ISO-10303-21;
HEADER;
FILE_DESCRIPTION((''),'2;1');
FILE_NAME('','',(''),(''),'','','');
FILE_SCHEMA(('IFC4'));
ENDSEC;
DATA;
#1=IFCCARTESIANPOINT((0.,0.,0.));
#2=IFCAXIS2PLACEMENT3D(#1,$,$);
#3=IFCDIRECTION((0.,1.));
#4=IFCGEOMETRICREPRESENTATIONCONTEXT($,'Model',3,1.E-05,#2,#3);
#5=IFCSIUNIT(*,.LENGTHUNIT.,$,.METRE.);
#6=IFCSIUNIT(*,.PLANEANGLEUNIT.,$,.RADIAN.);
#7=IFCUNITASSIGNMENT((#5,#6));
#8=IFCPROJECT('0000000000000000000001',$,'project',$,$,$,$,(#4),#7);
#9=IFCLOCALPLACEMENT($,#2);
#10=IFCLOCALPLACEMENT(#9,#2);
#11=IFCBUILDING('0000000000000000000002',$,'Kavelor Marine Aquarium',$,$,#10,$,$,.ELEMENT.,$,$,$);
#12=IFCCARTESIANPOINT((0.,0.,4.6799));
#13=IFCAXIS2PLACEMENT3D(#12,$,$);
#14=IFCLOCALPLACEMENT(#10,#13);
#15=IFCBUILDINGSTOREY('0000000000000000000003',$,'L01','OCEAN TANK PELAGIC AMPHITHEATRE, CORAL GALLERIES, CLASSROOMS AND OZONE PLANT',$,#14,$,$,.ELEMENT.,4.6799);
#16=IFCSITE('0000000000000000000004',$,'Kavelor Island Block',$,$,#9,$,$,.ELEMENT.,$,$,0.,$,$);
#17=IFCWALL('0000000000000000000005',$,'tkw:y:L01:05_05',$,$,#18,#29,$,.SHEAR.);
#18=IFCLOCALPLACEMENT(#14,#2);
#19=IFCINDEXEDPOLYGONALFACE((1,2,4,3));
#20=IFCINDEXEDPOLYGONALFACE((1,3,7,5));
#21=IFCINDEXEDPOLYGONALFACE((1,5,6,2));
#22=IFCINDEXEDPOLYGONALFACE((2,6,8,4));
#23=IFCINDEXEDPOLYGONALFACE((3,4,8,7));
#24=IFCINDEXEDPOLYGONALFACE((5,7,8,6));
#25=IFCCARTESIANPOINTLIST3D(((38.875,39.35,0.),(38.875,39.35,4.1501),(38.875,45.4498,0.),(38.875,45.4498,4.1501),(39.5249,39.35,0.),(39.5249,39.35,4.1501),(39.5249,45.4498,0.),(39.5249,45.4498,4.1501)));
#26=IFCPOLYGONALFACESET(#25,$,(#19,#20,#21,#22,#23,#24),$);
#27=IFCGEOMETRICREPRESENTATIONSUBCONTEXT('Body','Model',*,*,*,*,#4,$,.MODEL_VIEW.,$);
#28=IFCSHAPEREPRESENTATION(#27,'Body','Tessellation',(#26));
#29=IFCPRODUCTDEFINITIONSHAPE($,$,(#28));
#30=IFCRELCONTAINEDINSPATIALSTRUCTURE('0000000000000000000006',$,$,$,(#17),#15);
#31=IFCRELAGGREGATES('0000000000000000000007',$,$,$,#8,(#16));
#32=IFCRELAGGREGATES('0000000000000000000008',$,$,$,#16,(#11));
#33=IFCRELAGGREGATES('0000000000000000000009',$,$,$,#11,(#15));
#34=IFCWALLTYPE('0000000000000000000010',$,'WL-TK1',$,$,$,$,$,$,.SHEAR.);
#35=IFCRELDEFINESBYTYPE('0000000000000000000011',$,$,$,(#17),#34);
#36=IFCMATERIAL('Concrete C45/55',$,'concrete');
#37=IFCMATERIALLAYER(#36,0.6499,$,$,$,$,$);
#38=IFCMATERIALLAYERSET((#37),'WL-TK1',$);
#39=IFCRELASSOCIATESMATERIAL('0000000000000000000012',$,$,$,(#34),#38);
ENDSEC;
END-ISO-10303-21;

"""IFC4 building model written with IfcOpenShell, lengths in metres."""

from ifc_helpers import new_model, si_unit, direction, frame, frame_2d, origin, place, context, subcontext, project, spatial, rectangle, extrude, material, layer, layer_set, type_object, element, save


model = new_model("IFC4")

# Units and contexts
model_context = context("Model", 3, precision=1e-05, world=origin(), true_north=direction((0.0, 1.0)))
body_context = subcontext(model_context, "Body", "Model", "MODEL_VIEW")
ifc_project = project(units=[si_unit("LENGTHUNIT", "METRE"), si_unit("PLANEANGLEUNIT", "RADIAN")], contexts=[model_context])

# Site, building, storey
site_placement = place(None, origin())
site = spatial("IfcSite", under=ifc_project, at=site_placement, Name="Kavelor Island Block", CompositionType="ELEMENT", RefElevation=0.0)
building_placement = place(site_placement, origin())
building = spatial("IfcBuilding", under=site, at=building_placement, Name="Kavelor Marine Aquarium", CompositionType="ELEMENT")
storey_placement = place(building_placement, frame((0.0, 0.0, 4.6799)))
storey = spatial("IfcBuildingStorey", under=building, at=storey_placement, Name="L01", Description="OCEAN TANK PELAGIC AMPHITHEATRE, CORAL GALLERIES, CLASSROOMS AND OZONE PLANT", CompositionType="ELEMENT", Elevation=4.6799)

# Wall
ifc_material_1 = material(Name="Concrete C45/55", Category="concrete")
ifc_layer_1 = layer(ifc_material_1, 0.6499)
ifc_layer_set_1 = layer_set([ifc_layer_1], Name="WL-TK1")
wall_type = type_object("IfcWallType", Name="WL-TK1", PredefinedType="SHEAR", material=ifc_layer_set_1)
wall_placement = place(storey_placement, frame((39.2, 39.3501, 0.0), z_axis=(0.0, 0.0, 1.0), x_axis=(0.0, 1.0, 0.0)))
element("IfcWall", 1, at=wall_placement, inside=storey, type_object=wall_type, Name="tkw:y:L01:05_05", PredefinedType="SHEAR", context=body_context, shape_type="SweptSolid", body=[
    extrude(rectangle(XDim=6.0999, YDim=0.6499, at=frame_2d((3.0498, 0.0))), origin(), (0.0, 0.0, 1.0), 4.1501),
])

save(model, "model.ifc")
